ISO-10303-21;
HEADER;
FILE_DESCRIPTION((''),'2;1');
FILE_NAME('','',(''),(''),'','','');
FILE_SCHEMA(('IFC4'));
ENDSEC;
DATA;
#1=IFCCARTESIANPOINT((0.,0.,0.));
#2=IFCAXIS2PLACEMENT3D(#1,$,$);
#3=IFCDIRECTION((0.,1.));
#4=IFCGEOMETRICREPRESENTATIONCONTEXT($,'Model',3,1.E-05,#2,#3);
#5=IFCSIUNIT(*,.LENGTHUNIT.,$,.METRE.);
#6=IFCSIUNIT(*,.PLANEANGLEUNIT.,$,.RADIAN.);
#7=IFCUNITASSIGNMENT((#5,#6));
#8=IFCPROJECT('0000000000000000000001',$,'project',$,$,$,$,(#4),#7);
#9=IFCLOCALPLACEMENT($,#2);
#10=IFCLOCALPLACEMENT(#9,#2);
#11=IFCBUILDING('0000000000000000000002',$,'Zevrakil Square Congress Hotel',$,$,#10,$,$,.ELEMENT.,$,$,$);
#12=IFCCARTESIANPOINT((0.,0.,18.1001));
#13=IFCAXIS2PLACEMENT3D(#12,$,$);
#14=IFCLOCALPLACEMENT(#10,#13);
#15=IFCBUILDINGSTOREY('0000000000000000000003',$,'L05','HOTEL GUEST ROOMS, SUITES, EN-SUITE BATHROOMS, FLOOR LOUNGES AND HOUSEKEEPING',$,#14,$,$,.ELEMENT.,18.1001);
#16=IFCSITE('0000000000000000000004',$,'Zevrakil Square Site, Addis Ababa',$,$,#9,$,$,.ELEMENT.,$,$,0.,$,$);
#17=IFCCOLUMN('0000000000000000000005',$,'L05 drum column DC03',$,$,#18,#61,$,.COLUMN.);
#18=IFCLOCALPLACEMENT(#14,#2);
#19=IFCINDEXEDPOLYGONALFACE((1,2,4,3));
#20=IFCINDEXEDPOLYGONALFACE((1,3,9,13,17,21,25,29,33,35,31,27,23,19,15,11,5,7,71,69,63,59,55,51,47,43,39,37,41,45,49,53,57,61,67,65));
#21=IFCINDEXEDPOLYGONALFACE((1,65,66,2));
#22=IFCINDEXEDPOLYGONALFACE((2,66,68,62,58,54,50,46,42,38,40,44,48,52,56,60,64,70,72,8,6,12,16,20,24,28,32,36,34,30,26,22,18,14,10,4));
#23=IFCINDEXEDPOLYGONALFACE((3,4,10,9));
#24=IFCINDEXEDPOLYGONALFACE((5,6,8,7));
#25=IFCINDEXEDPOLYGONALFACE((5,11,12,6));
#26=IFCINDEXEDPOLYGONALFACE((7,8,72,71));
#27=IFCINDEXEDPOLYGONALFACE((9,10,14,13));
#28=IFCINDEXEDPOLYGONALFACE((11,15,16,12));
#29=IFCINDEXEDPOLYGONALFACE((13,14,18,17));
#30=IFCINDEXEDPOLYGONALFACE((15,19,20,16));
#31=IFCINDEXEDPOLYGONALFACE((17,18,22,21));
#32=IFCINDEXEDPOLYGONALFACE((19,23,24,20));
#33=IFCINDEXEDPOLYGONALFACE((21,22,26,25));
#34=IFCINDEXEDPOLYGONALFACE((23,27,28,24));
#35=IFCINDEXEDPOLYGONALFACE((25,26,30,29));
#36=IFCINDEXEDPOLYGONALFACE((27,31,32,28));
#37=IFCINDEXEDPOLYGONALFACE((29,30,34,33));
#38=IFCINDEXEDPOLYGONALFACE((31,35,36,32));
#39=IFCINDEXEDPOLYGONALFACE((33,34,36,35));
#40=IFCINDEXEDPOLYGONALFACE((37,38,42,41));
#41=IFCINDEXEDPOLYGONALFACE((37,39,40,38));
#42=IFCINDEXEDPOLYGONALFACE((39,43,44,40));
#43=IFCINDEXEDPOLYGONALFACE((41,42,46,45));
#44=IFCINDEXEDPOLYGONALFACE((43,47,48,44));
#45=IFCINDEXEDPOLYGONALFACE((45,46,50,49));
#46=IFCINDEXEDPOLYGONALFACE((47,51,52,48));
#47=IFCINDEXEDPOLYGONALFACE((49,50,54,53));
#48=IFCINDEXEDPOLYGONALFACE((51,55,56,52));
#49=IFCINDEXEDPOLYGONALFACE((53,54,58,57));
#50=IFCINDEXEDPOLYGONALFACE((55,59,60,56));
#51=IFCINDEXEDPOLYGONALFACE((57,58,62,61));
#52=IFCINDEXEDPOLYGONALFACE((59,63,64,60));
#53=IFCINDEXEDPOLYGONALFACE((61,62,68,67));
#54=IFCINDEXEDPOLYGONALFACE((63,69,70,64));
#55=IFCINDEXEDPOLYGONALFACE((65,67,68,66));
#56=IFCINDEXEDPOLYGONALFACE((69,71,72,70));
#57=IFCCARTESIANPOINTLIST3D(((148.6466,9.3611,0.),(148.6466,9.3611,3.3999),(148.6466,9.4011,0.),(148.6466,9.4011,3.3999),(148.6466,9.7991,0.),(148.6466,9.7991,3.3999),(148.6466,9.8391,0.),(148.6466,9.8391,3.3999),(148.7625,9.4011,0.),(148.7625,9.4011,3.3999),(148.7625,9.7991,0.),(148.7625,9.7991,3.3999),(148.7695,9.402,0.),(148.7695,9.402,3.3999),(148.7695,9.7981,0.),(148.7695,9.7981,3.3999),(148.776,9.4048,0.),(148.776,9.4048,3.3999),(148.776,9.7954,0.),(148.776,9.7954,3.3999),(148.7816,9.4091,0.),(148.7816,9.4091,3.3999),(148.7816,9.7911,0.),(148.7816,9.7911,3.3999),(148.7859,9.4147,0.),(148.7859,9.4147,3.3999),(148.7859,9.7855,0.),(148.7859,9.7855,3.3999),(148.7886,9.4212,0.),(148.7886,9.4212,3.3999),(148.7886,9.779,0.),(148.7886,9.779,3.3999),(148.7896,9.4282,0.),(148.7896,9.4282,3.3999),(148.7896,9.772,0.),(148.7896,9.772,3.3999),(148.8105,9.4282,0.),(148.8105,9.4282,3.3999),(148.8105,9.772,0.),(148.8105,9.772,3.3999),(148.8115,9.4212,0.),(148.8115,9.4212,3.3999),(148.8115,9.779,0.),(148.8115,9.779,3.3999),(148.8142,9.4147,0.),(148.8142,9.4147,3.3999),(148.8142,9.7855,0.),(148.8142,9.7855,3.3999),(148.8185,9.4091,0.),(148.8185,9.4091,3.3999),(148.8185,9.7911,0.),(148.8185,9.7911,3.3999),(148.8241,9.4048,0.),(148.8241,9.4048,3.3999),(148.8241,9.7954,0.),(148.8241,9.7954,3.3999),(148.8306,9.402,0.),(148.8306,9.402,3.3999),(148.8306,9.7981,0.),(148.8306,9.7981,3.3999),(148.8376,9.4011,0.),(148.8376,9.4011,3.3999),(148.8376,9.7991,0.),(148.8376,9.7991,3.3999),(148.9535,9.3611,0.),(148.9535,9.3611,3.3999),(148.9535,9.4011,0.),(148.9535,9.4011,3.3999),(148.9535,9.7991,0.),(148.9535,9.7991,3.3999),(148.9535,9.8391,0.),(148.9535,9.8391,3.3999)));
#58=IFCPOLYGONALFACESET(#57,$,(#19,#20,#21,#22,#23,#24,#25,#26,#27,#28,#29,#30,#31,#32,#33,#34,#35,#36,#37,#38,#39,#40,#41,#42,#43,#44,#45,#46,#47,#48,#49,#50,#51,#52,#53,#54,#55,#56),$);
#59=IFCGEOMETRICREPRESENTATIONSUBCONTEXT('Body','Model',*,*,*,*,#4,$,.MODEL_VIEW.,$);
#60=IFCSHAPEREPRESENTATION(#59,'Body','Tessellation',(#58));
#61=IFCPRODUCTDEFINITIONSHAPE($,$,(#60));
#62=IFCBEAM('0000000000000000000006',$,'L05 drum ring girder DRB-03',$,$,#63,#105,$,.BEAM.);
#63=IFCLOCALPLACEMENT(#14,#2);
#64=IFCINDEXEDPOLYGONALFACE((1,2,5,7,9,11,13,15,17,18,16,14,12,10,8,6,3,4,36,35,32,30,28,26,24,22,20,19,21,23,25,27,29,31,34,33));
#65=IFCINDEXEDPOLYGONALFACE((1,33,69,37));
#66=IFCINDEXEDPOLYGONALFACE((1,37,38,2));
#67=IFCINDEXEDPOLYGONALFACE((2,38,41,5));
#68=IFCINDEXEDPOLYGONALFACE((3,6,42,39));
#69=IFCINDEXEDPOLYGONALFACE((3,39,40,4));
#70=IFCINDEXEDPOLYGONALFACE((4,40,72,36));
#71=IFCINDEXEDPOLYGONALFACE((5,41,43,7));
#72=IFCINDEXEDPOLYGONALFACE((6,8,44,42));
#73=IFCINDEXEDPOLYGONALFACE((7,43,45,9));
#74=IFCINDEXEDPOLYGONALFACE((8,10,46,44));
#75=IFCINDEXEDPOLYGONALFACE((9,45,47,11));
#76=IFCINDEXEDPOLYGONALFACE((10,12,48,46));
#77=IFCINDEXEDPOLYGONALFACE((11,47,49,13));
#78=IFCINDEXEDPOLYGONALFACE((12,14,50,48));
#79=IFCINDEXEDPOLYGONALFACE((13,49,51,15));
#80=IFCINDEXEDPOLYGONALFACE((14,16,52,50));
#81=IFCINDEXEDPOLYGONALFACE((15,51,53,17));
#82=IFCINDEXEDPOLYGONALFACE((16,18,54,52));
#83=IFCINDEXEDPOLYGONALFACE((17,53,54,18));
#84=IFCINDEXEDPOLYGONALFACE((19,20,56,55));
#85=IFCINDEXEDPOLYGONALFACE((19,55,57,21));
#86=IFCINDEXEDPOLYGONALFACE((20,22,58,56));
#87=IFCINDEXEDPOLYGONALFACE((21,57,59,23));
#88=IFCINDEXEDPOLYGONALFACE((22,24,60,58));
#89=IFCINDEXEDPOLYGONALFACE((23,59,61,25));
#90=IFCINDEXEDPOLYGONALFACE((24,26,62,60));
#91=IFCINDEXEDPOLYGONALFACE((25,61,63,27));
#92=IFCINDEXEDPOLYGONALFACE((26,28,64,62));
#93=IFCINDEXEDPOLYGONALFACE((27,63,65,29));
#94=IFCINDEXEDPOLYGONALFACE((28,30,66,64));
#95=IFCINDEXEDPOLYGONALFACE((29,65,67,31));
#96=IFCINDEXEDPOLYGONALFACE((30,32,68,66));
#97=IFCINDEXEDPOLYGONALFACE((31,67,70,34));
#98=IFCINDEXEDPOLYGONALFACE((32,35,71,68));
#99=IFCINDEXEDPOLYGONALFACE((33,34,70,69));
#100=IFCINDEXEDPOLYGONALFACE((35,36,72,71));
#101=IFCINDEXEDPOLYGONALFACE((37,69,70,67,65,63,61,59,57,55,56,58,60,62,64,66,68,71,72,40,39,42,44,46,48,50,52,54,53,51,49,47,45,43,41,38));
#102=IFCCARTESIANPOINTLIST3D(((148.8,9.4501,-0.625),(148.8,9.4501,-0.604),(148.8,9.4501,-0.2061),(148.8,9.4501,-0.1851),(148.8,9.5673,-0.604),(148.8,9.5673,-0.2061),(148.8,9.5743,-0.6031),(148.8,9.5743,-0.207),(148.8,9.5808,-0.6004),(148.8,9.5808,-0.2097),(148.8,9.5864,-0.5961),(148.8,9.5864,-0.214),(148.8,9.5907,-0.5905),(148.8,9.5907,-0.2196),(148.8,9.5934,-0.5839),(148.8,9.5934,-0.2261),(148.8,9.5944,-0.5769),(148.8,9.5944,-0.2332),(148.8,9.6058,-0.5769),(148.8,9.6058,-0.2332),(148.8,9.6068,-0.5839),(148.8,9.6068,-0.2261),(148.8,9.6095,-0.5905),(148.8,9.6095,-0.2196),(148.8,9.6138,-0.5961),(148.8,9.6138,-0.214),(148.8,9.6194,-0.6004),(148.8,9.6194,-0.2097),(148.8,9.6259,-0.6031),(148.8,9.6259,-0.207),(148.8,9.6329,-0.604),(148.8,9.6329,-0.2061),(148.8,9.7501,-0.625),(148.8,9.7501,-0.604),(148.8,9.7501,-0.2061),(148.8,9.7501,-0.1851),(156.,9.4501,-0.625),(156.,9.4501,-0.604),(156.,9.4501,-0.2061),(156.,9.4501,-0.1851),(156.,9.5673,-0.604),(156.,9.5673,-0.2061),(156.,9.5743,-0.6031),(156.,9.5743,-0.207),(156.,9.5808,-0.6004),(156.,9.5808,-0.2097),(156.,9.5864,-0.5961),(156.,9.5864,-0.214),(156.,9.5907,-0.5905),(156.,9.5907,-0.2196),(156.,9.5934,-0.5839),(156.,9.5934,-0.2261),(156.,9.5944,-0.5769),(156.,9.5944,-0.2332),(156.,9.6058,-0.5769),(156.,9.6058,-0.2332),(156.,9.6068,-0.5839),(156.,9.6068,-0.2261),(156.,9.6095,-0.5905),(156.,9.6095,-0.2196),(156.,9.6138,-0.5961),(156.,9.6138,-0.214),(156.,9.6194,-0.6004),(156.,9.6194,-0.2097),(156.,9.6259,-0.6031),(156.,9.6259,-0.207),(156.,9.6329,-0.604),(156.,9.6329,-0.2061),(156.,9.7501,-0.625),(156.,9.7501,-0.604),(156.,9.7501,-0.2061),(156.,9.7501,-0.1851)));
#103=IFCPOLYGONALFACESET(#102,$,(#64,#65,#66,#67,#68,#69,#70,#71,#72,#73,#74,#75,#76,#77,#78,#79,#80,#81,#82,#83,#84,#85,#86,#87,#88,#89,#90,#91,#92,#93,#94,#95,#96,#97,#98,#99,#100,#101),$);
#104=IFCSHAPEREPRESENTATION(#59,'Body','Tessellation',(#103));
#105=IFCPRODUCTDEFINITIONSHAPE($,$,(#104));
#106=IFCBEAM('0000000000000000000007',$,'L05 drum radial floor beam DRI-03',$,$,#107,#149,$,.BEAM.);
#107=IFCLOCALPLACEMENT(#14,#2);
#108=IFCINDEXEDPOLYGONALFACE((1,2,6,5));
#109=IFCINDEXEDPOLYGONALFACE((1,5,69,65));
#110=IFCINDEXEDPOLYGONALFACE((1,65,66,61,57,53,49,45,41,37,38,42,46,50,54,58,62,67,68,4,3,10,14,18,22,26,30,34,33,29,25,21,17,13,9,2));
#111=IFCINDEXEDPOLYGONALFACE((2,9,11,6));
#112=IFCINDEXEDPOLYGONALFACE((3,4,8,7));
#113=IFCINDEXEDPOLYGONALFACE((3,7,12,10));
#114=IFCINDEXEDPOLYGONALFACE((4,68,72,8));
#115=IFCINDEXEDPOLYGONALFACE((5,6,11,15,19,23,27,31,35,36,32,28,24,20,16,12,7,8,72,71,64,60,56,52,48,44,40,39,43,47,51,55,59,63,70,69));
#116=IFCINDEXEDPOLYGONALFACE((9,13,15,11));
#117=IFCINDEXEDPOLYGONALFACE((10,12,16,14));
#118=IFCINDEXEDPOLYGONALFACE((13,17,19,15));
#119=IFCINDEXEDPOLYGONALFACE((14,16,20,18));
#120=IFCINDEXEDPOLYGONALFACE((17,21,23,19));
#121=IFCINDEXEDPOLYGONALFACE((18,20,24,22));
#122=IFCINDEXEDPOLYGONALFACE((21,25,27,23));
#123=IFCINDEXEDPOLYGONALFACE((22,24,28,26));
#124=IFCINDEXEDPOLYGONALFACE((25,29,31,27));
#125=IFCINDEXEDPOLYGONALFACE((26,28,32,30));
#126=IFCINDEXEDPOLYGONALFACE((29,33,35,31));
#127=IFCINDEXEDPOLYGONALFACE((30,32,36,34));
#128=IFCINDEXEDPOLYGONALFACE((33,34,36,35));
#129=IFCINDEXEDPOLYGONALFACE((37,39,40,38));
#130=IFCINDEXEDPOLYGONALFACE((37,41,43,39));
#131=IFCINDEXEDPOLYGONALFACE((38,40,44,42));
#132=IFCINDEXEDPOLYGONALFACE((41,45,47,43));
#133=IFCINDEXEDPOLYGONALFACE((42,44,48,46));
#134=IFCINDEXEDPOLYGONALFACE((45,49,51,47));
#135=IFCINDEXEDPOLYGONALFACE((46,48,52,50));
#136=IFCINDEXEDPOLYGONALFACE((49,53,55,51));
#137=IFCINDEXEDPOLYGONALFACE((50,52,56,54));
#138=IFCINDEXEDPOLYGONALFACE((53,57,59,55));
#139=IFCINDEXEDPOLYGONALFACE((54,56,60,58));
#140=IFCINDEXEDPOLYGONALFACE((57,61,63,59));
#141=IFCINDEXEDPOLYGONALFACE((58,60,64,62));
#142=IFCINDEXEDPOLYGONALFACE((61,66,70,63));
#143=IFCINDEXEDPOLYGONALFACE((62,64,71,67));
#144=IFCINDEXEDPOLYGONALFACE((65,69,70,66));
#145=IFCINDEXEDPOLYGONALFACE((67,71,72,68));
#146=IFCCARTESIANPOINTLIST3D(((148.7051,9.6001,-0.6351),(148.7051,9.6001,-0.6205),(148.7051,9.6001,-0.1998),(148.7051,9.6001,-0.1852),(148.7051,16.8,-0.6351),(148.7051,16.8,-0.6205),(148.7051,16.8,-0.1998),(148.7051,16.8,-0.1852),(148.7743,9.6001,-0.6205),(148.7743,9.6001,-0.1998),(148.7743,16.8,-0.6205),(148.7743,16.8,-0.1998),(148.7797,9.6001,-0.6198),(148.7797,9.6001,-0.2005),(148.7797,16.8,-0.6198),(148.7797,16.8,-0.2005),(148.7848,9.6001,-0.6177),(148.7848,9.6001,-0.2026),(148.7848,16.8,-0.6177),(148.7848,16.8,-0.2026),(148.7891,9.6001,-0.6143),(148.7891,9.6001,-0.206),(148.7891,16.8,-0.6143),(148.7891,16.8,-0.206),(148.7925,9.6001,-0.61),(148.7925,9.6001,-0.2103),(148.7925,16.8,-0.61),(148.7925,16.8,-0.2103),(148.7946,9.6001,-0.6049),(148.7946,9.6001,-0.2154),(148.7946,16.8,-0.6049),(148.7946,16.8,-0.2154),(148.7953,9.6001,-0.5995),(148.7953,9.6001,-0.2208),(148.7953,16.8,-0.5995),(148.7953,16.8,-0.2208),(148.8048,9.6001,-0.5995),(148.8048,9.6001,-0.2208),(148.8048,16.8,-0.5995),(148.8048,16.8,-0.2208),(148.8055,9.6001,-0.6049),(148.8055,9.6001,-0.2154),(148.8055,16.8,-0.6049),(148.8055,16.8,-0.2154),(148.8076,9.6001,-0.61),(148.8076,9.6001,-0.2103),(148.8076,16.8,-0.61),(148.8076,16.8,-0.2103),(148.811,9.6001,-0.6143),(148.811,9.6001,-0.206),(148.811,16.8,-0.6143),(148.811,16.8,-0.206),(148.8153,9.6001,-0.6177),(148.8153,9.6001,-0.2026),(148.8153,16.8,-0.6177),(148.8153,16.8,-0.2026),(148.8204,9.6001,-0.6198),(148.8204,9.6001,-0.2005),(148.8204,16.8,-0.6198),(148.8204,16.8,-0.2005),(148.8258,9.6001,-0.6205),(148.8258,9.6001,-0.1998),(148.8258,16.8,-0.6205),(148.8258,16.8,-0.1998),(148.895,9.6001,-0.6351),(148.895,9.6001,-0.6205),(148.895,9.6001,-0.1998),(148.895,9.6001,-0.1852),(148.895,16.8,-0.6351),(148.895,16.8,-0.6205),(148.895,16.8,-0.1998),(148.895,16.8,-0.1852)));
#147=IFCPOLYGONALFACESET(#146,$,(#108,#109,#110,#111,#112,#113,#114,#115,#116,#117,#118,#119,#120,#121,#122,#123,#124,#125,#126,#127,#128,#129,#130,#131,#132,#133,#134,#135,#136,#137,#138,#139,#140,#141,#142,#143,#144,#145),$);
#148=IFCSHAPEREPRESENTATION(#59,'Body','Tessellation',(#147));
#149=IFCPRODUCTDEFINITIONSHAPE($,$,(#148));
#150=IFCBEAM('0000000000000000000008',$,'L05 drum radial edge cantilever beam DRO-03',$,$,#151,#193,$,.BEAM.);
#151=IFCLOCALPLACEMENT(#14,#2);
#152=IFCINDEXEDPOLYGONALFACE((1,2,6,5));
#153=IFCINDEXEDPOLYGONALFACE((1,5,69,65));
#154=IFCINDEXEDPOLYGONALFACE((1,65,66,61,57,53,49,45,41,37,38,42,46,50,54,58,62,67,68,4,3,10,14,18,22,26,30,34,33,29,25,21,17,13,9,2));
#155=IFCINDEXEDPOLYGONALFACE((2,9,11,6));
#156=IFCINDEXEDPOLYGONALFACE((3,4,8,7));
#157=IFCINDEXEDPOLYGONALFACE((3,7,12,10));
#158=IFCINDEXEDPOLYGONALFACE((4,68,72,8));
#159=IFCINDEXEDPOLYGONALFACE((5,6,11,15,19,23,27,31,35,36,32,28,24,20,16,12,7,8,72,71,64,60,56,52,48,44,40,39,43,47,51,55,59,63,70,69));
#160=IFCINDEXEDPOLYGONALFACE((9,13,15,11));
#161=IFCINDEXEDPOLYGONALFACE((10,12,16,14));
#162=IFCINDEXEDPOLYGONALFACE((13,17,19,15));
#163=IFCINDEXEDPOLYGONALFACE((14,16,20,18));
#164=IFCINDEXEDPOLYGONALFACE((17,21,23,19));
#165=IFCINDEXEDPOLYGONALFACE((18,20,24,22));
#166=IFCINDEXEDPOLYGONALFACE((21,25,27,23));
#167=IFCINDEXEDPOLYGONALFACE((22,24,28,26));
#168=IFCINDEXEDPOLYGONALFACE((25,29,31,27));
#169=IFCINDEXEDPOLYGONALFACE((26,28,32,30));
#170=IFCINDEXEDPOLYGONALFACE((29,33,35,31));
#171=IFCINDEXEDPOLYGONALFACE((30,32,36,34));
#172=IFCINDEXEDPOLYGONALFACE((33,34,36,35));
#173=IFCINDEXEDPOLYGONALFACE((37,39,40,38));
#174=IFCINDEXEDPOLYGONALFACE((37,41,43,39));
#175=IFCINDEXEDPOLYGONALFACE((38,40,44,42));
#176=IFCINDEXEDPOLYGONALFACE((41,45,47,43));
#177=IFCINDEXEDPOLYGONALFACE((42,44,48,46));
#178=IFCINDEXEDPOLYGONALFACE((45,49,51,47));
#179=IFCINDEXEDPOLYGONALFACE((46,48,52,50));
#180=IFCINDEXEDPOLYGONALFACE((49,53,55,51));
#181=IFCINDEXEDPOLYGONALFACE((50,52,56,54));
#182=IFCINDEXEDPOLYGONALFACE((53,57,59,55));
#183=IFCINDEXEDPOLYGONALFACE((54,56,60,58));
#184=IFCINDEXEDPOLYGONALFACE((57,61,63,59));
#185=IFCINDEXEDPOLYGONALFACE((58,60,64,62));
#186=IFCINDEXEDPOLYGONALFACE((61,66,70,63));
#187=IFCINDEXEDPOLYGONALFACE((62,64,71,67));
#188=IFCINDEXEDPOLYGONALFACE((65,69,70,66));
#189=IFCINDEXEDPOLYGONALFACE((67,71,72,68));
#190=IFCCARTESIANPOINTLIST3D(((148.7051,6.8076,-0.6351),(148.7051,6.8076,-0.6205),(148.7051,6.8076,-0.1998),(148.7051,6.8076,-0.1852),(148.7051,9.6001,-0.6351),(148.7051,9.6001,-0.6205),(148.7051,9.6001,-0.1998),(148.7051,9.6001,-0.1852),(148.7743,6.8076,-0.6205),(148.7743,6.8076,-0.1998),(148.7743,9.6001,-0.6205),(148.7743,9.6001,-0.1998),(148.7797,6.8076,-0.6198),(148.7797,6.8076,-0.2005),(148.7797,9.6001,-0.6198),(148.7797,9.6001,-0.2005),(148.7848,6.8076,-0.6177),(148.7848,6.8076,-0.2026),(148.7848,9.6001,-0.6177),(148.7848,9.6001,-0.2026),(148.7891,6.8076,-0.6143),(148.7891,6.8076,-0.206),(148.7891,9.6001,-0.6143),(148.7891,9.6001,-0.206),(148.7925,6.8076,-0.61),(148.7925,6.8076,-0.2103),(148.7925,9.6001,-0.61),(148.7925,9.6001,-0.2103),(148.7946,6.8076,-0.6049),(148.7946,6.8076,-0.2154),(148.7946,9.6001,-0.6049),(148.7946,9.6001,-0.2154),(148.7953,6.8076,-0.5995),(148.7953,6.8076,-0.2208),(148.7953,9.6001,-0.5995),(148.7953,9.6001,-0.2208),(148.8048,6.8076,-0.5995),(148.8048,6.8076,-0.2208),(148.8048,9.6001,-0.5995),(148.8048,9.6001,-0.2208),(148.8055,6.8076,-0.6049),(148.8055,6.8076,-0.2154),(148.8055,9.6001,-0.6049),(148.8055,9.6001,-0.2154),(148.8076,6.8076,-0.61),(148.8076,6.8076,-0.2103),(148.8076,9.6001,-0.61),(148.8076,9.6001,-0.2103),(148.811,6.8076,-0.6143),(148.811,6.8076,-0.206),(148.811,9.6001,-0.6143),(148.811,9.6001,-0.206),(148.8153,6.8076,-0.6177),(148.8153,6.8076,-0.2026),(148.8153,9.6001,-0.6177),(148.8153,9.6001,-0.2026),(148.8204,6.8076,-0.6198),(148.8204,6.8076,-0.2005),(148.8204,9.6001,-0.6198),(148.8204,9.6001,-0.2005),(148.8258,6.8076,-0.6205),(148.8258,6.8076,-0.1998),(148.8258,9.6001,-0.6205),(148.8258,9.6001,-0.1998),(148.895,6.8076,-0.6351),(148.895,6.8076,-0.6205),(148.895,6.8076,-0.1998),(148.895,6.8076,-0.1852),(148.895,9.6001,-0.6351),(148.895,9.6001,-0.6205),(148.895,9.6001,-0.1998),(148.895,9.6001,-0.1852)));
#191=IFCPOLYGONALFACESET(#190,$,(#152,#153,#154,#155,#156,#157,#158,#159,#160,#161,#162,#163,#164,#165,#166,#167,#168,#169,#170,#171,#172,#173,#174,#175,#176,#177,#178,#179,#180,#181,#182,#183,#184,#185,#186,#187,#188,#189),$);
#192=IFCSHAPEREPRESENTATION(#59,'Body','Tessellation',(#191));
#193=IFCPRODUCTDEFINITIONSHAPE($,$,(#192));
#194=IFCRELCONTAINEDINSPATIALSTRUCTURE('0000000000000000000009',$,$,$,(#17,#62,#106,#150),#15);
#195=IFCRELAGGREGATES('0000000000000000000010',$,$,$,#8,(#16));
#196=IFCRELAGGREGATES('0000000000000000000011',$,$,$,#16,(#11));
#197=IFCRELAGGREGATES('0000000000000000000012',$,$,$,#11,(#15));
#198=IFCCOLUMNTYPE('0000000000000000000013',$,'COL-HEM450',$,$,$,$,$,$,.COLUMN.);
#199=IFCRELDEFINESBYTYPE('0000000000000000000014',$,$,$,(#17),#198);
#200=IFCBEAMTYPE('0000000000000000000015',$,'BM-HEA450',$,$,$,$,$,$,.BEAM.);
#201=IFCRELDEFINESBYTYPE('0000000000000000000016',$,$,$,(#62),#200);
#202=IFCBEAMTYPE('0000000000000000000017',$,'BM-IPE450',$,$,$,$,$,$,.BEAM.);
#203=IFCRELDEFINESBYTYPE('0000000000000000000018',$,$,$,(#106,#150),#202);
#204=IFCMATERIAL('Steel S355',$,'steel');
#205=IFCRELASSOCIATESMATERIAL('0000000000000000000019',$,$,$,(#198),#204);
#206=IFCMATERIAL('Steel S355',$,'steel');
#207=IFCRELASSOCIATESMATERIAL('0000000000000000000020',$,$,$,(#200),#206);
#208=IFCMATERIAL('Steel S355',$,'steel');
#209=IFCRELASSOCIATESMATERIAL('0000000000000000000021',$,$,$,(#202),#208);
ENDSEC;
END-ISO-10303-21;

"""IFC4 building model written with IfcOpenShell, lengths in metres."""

from ifc_helpers import new_model, si_unit, direction, frame, origin, origin_2d, place, context, subcontext, project, spatial, i_section, extrude, material, material_profile, profile_set, type_object, element, save


model = new_model("IFC4")

# Units and contexts
model_context = context("Model", 3, precision=1e-05, world=origin(), true_north=direction((0.0, 1.0)))
body_context = subcontext(model_context, "Body", "Model", "MODEL_VIEW")
ifc_project = project(units=[si_unit("LENGTHUNIT", "METRE"), si_unit("PLANEANGLEUNIT", "RADIAN")], contexts=[model_context])

# Site, building, storey
site_placement = place(None, origin())
site = spatial("IfcSite", under=ifc_project, at=site_placement, Name="Zevrakil Square Site, Addis Ababa", CompositionType="ELEMENT", RefElevation=0.0)
building_placement = place(site_placement, origin())
building = spatial("IfcBuilding", under=site, at=building_placement, Name="Zevrakil Square Congress Hotel", CompositionType="ELEMENT")
storey_placement = place(building_placement, frame((0.0, 0.0, 18.1001)))
storey = spatial("IfcBuildingStorey", under=building, at=storey_placement, Name="L05", Description="HOTEL GUEST ROOMS, SUITES, EN-SUITE BATHROOMS, FLOOR LOUNGES AND HOUSEKEEPING", CompositionType="ELEMENT", Elevation=18.1001)

# Column
ifc_material_1 = material(Name="Steel S355", Category="steel")
ifc_material_profile_1 = material_profile(ifc_material_1, i_section(OverallWidth=0.3069, OverallDepth=0.478, WebThickness=0.021, FlangeThickness=0.04, FilletRadius=0.0271, at=origin_2d()), Name="HEM 450")
ifc_profile_set_1 = profile_set([ifc_material_profile_1], Name="Steel S355")
column_type = type_object("IfcColumnType", Name="COL-HEM450", PredefinedType="COLUMN", material=ifc_profile_set_1)
column_placement = place(storey_placement, frame((148.8, 9.6001, 0.0), z_axis=(0.0, 0.0, 1.0), x_axis=(1.0, 0.0, 0.0)))
element("IfcColumn", 1, at=column_placement, inside=storey, type_object=column_type, Name="L05 drum column DC03", PredefinedType="COLUMN", context=body_context, shape_type="SweptSolid", body=[
    extrude(i_section(OverallWidth=0.3069, OverallDepth=0.478, WebThickness=0.021, FlangeThickness=0.04, FilletRadius=0.0271, at=origin_2d()), origin(), (0.0, 0.0, 1.0), 3.3999),
])

# Beams
ifc_material_2 = material(Name="Steel S355", Category="steel")
ifc_material_profile_2 = material_profile(ifc_material_2, i_section(OverallWidth=0.3, OverallDepth=0.4399, WebThickness=0.0115, FlangeThickness=0.021, FilletRadius=0.0271, at=origin_2d()), Name="HEA 450")
ifc_profile_set_2 = profile_set([ifc_material_profile_2], Name="Steel S355")
beam_type_1 = type_object("IfcBeamType", Name="BM-HEA450", PredefinedType="BEAM", material=ifc_profile_set_2)
beam_1_placement = place(storey_placement, frame((148.8, 9.6001, -0.405), z_axis=(1.0, 0.0, 0.0), x_axis=(0.0, 1.0, 0.0)))
element("IfcBeam", 2, at=beam_1_placement, inside=storey, type_object=beam_type_1, Name="L05 drum ring girder DRB-03", PredefinedType="BEAM", context=body_context, shape_type="SweptSolid", body=[
    extrude(i_section(OverallWidth=0.3, OverallDepth=0.4399, WebThickness=0.0115, FlangeThickness=0.021, FilletRadius=0.0271, at=origin_2d()), origin(), (0.0, 0.0, 1.0), 7.2),
])
ifc_material_3 = material(Name="Steel S355", Category="steel")
ifc_material_profile_3 = material_profile(ifc_material_3, i_section(OverallWidth=0.1899, OverallDepth=0.45, WebThickness=0.0095, FlangeThickness=0.0146, FilletRadius=0.021, at=origin_2d()), Name="IPE 450")
ifc_profile_set_3 = profile_set([ifc_material_profile_3], Name="Steel S355")
beam_type_2 = type_object("IfcBeamType", Name="BM-IPE450", PredefinedType="BEAM", material=ifc_profile_set_3)
beam_2_placement = place(storey_placement, frame((148.8, 16.8, -0.4102), z_axis=(0.0, -1.0, 0.0), x_axis=(1.0, 0.0, 0.0)))
element("IfcBeam", 3, at=beam_2_placement, inside=storey, type_object=beam_type_2, Name="L05 drum radial floor beam DRI-03", PredefinedType="BEAM", context=body_context, shape_type="SweptSolid", body=[
    extrude(i_section(OverallWidth=0.1899, OverallDepth=0.45, WebThickness=0.0095, FlangeThickness=0.0146, FilletRadius=0.021, at=origin_2d()), origin(), (0.0, 0.0, 1.0), 7.2),
])
beam_3_placement = place(storey_placement, frame((148.8, 9.6001, -0.4102), z_axis=(0.0, -1.0, 0.0), x_axis=(1.0, 0.0, 0.0)))
element("IfcBeam", 4, at=beam_3_placement, inside=storey, type_object=beam_type_2, Name="L05 drum radial edge cantilever beam DRO-03", PredefinedType="BEAM", context=body_context, shape_type="SweptSolid", body=[
    extrude(i_section(OverallWidth=0.1899, OverallDepth=0.45, WebThickness=0.0095, FlangeThickness=0.0146, FilletRadius=0.021, at=origin_2d()), origin(), (0.0, 0.0, 1.0), 2.7925),
])

save(model, "model.ifc")
